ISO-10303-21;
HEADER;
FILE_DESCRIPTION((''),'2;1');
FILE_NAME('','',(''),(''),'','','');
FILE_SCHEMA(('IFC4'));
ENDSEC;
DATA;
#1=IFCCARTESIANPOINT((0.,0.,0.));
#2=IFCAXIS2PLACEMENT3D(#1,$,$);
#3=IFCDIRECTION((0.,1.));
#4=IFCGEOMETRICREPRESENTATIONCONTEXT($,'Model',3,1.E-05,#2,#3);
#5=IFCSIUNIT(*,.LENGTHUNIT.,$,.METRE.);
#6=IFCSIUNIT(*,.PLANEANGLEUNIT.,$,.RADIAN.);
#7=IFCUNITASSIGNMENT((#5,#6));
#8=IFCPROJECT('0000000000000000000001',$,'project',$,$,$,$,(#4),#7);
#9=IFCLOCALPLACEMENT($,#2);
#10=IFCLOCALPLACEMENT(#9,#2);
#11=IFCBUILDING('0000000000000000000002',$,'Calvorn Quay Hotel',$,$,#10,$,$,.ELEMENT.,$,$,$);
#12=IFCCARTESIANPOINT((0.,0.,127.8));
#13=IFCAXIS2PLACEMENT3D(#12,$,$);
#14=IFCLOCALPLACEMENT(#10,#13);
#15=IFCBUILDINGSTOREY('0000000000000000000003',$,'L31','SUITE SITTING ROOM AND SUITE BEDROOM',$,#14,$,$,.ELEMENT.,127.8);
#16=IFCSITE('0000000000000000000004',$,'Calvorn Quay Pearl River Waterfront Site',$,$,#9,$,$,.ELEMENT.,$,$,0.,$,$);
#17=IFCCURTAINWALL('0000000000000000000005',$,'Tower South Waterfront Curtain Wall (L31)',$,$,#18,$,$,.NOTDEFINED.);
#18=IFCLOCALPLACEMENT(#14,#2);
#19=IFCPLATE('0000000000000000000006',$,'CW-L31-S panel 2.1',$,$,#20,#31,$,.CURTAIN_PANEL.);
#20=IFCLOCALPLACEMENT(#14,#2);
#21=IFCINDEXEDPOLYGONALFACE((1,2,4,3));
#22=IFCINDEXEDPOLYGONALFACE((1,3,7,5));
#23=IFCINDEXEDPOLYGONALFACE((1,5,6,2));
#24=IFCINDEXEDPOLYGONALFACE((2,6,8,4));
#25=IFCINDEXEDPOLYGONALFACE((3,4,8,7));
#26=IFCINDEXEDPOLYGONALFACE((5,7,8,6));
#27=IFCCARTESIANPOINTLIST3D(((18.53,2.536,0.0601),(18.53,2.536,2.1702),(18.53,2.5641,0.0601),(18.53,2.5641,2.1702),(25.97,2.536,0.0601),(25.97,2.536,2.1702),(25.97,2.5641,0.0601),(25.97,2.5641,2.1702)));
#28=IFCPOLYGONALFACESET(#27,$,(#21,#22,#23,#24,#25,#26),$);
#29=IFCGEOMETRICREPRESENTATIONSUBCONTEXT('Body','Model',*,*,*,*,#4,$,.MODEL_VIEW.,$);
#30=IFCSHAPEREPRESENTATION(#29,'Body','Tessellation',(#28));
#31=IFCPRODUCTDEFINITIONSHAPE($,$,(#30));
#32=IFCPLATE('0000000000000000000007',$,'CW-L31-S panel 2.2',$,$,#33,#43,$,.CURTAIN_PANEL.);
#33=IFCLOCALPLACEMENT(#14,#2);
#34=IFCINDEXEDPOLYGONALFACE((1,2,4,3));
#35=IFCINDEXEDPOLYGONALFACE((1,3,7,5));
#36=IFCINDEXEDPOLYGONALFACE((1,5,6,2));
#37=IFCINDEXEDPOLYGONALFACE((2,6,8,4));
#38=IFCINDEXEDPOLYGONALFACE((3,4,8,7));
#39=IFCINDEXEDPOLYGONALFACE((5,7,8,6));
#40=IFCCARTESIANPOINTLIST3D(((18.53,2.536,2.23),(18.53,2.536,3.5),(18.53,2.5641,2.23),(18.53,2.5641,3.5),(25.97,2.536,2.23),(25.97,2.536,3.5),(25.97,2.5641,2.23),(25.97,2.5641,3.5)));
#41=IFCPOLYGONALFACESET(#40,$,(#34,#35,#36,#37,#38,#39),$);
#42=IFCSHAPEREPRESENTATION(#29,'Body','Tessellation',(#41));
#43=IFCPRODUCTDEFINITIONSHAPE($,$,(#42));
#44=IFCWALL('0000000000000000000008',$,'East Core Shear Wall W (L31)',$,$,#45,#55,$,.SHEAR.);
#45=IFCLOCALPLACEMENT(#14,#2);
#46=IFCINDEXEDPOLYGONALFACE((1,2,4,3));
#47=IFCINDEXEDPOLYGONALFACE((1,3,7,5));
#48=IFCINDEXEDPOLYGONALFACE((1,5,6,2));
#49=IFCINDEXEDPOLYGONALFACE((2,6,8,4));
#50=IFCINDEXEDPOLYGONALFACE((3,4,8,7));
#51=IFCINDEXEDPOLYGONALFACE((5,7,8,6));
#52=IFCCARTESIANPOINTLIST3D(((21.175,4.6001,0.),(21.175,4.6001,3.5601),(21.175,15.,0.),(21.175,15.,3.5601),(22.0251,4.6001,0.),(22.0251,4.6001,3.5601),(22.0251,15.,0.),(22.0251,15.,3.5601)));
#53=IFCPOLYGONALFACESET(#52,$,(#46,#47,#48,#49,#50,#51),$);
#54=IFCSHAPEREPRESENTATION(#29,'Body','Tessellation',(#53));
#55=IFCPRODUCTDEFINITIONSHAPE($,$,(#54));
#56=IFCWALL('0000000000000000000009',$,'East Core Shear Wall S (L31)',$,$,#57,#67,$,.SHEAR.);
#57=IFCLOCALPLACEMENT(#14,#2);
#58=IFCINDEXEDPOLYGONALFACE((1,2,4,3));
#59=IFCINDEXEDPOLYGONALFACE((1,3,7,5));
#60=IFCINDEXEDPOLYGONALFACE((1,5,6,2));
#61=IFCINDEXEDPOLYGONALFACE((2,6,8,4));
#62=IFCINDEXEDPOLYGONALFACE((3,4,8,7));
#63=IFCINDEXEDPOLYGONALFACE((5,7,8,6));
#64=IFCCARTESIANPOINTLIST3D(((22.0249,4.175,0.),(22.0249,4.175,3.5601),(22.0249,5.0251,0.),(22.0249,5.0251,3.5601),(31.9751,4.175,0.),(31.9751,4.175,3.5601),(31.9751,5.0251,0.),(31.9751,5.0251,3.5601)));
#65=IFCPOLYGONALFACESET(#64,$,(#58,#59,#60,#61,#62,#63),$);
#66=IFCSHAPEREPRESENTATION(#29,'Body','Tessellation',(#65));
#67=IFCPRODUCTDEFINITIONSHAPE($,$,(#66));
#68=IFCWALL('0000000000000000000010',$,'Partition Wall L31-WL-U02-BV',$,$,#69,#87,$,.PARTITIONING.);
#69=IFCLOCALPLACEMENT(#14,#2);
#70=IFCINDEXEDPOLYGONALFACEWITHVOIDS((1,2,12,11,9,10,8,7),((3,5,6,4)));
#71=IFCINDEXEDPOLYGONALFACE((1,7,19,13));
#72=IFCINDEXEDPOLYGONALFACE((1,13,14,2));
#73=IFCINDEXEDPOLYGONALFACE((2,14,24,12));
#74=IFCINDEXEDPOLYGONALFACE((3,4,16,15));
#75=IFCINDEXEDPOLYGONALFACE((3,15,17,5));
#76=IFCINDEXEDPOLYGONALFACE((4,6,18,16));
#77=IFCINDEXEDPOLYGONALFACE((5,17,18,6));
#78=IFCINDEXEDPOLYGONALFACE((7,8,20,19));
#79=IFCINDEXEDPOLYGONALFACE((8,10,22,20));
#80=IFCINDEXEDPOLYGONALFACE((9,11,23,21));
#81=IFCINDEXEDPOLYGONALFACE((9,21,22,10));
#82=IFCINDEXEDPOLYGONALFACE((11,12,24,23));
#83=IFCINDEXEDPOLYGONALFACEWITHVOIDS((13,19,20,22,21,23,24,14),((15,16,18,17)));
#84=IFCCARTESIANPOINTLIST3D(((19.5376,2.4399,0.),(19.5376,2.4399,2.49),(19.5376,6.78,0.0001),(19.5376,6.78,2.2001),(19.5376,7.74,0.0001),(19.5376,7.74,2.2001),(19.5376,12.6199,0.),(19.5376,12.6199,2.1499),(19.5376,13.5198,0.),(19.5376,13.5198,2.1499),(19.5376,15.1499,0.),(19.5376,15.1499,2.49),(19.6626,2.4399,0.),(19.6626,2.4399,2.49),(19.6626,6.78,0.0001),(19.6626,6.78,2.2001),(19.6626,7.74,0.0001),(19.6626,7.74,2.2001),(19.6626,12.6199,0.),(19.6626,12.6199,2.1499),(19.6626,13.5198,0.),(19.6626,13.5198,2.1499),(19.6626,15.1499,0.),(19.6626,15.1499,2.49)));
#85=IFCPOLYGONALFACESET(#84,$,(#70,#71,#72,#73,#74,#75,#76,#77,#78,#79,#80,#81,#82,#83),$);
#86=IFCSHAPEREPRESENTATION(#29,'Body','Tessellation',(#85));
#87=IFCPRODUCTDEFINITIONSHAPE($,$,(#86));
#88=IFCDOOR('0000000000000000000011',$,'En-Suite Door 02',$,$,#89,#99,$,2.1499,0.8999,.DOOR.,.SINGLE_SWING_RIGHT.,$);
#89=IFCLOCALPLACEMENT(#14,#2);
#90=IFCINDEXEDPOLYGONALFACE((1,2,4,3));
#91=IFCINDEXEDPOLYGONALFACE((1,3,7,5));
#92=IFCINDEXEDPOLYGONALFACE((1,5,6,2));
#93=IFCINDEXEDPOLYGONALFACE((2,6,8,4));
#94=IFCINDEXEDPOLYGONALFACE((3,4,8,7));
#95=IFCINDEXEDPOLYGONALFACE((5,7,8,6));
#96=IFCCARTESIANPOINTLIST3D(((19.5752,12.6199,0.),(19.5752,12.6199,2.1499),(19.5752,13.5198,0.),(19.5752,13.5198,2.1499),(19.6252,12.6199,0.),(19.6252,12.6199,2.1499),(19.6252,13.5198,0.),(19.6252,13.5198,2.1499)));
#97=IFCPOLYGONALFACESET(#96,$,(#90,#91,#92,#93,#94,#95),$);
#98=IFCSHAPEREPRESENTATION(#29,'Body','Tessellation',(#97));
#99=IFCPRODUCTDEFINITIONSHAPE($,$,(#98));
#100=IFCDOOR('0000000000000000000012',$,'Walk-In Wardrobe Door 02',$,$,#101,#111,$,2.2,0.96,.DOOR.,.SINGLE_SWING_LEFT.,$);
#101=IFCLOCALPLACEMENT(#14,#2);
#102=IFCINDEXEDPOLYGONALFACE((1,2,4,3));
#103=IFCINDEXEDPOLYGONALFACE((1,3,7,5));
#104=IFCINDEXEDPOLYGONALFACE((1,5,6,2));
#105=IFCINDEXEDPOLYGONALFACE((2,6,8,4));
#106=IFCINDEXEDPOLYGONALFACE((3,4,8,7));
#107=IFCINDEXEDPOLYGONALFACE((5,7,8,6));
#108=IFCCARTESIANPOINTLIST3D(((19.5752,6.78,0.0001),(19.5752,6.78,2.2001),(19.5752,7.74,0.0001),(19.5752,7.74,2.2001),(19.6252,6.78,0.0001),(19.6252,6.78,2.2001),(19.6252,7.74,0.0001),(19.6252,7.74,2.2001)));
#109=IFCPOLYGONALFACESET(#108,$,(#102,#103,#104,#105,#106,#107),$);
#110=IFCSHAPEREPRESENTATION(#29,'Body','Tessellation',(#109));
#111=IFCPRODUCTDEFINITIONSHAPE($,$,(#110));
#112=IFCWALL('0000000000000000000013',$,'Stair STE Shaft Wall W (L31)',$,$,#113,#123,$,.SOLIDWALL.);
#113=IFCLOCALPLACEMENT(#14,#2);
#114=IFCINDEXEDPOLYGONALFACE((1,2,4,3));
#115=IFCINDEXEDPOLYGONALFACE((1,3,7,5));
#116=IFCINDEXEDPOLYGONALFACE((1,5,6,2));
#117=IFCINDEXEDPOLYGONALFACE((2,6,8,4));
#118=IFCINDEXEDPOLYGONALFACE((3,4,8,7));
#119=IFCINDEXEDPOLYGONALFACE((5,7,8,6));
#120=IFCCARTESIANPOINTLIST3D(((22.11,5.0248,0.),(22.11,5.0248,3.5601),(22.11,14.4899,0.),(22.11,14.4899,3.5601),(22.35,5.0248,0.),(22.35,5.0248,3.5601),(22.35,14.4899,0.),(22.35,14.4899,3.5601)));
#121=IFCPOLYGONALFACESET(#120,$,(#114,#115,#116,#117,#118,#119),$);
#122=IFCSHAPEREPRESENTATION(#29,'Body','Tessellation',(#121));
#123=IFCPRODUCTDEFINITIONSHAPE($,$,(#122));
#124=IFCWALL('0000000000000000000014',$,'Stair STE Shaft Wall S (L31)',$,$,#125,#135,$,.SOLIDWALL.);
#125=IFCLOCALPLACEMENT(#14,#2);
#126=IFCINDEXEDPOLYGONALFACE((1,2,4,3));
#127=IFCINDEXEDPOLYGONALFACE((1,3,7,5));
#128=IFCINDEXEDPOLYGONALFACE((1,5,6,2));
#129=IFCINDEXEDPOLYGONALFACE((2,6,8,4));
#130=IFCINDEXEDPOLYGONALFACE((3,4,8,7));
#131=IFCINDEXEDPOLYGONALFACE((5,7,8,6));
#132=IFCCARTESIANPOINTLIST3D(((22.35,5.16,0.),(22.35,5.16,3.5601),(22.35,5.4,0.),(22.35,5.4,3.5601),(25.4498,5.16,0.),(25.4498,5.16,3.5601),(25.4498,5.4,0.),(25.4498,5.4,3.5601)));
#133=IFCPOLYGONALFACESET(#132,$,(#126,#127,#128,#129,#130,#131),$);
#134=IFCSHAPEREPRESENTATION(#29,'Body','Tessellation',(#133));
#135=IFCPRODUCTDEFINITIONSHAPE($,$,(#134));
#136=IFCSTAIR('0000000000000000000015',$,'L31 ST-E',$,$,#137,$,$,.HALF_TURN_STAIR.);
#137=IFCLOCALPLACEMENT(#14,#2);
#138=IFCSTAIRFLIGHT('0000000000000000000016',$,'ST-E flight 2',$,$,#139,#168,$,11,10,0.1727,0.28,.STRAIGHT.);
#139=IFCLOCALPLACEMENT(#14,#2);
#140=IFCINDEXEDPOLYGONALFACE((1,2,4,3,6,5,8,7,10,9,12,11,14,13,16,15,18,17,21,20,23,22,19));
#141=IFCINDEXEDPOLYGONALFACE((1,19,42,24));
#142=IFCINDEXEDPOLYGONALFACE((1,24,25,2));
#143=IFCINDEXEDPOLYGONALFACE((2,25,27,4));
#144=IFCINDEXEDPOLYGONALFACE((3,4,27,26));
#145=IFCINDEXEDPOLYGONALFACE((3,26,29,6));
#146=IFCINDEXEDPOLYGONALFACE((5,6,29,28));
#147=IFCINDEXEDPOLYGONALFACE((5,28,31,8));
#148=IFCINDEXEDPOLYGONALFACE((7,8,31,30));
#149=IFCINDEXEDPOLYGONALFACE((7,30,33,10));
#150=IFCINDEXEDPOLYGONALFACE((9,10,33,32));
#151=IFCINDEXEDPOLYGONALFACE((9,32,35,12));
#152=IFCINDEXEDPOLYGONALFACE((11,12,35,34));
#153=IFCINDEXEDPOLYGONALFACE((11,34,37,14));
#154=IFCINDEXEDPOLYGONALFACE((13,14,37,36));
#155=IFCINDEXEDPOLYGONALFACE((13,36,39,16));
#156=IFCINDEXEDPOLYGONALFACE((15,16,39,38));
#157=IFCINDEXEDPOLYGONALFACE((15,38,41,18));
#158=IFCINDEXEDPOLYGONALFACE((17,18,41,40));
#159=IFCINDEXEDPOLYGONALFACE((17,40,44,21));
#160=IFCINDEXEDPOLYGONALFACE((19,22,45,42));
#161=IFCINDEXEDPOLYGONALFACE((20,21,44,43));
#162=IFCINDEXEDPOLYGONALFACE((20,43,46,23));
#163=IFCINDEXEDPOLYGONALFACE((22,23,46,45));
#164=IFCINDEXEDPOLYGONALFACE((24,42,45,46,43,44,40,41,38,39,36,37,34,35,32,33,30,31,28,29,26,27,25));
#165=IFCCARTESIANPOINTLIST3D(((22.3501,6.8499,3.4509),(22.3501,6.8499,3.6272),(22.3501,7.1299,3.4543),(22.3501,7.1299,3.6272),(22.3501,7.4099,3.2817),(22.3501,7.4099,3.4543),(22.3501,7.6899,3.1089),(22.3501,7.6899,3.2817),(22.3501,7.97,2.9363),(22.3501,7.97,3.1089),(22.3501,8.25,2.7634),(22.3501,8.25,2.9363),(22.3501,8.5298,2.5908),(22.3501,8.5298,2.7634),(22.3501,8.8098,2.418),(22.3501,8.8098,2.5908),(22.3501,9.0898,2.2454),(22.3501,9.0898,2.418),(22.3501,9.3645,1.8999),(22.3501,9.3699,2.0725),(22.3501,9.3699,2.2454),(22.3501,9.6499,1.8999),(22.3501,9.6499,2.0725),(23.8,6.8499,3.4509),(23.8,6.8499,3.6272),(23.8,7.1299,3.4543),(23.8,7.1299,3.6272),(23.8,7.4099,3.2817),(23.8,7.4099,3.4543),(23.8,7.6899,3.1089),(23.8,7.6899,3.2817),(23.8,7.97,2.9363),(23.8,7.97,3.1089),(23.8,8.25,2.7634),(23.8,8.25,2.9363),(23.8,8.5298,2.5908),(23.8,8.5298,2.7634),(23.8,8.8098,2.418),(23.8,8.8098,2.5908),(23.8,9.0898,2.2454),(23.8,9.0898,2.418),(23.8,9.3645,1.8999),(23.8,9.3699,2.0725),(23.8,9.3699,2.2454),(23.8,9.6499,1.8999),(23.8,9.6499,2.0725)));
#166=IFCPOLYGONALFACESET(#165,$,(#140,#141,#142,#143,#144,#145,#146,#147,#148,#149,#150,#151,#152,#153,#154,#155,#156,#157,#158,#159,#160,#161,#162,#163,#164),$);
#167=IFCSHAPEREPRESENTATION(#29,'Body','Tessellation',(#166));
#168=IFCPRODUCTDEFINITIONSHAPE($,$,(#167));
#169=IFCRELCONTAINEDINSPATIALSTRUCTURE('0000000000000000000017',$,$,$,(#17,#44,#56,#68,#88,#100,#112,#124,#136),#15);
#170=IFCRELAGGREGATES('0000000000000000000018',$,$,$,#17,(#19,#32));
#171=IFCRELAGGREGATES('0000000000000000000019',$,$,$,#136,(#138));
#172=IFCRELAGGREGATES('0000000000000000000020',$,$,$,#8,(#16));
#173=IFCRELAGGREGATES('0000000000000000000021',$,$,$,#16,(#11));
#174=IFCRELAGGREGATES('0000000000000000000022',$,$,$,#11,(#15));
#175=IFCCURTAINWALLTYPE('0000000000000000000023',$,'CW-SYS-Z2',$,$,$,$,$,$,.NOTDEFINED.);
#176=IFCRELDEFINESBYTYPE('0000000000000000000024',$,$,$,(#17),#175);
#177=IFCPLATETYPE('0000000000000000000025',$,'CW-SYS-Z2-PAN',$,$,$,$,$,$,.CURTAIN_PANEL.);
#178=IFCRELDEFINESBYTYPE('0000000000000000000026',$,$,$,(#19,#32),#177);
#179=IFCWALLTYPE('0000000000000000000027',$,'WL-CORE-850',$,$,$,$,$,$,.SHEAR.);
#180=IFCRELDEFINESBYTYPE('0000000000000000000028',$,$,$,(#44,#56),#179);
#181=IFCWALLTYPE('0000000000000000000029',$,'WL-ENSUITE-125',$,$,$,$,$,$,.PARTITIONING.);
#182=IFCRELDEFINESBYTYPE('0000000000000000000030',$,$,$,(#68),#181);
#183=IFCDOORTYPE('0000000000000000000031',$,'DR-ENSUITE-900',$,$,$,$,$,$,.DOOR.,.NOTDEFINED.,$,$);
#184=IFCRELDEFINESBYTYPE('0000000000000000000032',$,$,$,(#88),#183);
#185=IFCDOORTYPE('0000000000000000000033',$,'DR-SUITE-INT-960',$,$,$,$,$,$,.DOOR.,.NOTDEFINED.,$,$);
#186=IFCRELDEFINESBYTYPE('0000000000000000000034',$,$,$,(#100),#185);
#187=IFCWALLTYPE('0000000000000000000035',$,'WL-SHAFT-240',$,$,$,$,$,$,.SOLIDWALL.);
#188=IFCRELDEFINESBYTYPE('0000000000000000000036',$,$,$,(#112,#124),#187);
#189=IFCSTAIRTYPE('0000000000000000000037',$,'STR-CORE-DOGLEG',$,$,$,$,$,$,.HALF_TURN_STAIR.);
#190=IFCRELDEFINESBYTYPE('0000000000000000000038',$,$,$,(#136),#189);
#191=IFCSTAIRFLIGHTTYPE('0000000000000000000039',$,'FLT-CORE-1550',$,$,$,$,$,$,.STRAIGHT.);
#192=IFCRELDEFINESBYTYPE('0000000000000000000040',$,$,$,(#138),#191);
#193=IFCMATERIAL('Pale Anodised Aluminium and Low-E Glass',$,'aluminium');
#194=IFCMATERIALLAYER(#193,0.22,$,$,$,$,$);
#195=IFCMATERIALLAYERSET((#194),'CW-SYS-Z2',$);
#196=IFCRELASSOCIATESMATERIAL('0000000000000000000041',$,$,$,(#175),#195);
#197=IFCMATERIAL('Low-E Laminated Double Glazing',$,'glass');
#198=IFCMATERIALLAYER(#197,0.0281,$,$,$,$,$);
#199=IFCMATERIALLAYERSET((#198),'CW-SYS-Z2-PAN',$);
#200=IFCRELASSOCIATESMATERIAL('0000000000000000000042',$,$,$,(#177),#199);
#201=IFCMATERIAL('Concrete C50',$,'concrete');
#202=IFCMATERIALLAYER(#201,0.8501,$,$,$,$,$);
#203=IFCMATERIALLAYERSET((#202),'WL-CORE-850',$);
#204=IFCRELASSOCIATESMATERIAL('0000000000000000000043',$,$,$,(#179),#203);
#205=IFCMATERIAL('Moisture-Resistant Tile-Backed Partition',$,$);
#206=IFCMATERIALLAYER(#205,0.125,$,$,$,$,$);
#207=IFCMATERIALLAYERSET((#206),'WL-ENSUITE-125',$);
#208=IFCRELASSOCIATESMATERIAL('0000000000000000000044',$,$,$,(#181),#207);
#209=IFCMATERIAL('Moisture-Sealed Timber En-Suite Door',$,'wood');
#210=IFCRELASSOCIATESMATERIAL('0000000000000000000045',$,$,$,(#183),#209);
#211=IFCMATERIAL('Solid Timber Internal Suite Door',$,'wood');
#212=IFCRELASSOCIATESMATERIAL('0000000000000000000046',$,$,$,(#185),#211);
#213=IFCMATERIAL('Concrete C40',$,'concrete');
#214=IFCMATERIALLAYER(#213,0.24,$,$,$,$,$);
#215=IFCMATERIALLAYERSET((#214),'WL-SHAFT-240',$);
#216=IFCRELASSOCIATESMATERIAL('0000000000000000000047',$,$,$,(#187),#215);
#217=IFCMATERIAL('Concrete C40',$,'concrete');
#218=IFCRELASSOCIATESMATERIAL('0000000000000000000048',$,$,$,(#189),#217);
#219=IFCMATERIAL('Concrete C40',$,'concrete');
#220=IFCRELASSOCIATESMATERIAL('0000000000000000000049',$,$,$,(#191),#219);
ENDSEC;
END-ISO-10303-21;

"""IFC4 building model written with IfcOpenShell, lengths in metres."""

from ifc_helpers import new_model, si_unit, direction, frame, frame_2d, origin, origin_2d, place, context, subcontext, project, spatial, polyline, rectangle, outline, extrude, material, layer, layer_set, type_object, element, fill, aggregate, save


model = new_model("IFC4")

# Units and contexts
model_context = context("Model", 3, precision=1e-05, world=origin(), true_north=direction((0.0, 1.0)))
body_context = subcontext(model_context, "Body", "Model", "MODEL_VIEW")
ifc_project = project(units=[si_unit("LENGTHUNIT", "METRE"), si_unit("PLANEANGLEUNIT", "RADIAN")], contexts=[model_context])

# Site, building, storey
site_placement = place(None, origin())
site = spatial("IfcSite", under=ifc_project, at=site_placement, Name="Calvorn Quay Pearl River Waterfront Site", CompositionType="ELEMENT", RefElevation=0.0)
building_placement = place(site_placement, origin())
building = spatial("IfcBuilding", under=site, at=building_placement, Name="Calvorn Quay Hotel", CompositionType="ELEMENT")
storey_placement = place(building_placement, frame((0.0, 0.0, 127.8)))
storey = spatial("IfcBuildingStorey", under=building, at=storey_placement, Name="L31", Description="SUITE SITTING ROOM AND SUITE BEDROOM", CompositionType="ELEMENT", Elevation=127.8)

# Curtain wall, plates
ifc_material_1 = material(Name="Pale Anodised Aluminium and Low-E Glass", Category="aluminium")
ifc_layer_1 = layer(ifc_material_1, 0.22)
ifc_layer_set_1 = layer_set([ifc_layer_1], Name="CW-SYS-Z2")
curtain_wall_type = type_object("IfcCurtainWallType", Name="CW-SYS-Z2", PredefinedType="NOTDEFINED", material=ifc_layer_set_1)
curtain_wall_placement = place(storey_placement, origin())
curtain_wall = element("IfcCurtainWall", 1, at=curtain_wall_placement, inside=storey, type_object=curtain_wall_type, Name="Tower South Waterfront Curtain Wall (L31)", PredefinedType="NOTDEFINED")
ifc_material_2 = material(Name="Low-E Laminated Double Glazing", Category="glass")
ifc_layer_2 = layer(ifc_material_2, 0.0281)
ifc_layer_set_2 = layer_set([ifc_layer_2], Name="CW-SYS-Z2-PAN")
plate_type = type_object("IfcPlateType", Name="CW-SYS-Z2-PAN", PredefinedType="CURTAIN_PANEL", material=ifc_layer_set_2)
plate_1_placement = place(storey_placement, frame((22.25, 2.55, 0.0601), z_axis=(0.0, 0.0, 1.0), x_axis=(1.0, 0.0, 0.0)))
plate_1 = element("IfcPlate", 2, at=plate_1_placement, type_object=plate_type, Name="CW-L31-S panel 2.1", PredefinedType="CURTAIN_PANEL", context=body_context, shape_type="SweptSolid", body=[
    extrude(rectangle(XDim=7.4399, YDim=0.0281, at=origin_2d()), origin(), (0.0, 0.0, 1.0), 2.1101),
])
plate_2_placement = place(storey_placement, frame((22.25, 2.55, 2.23), z_axis=(0.0, 0.0, 1.0), x_axis=(1.0, 0.0, 0.0)))
plate_2 = element("IfcPlate", 3, at=plate_2_placement, type_object=plate_type, Name="CW-L31-S panel 2.2", PredefinedType="CURTAIN_PANEL", context=body_context, shape_type="SweptSolid", body=[
    extrude(rectangle(XDim=7.4399, YDim=0.0281, at=origin_2d()), origin(), (0.0, 0.0, 1.0), 1.27),
])
aggregate(curtain_wall, [plate_1, plate_2])

# Walls
ifc_material_3 = material(Name="Concrete C50", Category="concrete")
ifc_layer_3 = layer(ifc_material_3, 0.8501)
ifc_layer_set_3 = layer_set([ifc_layer_3], Name="WL-CORE-850")
wall_type_1 = type_object("IfcWallType", Name="WL-CORE-850", PredefinedType="SHEAR", material=ifc_layer_set_3)
wall_1_placement = place(storey_placement, frame((21.6001, 4.6001, 0.0), z_axis=(0.0, 0.0, 1.0), x_axis=(0.0, 1.0, 0.0)))
element("IfcWall", 4, at=wall_1_placement, inside=storey, type_object=wall_type_1, Name="East Core Shear Wall W (L31)", PredefinedType="SHEAR", context=body_context, shape_type="SweptSolid", body=[
    extrude(rectangle(XDim=10.3999, YDim=0.8501, at=frame_2d((5.2, 0.0))), origin(), (0.0, 0.0, 1.0), 3.5601),
])
wall_2_placement = place(storey_placement, frame((22.0249, 4.6001, 0.0), z_axis=(0.0, 0.0, 1.0), x_axis=(1.0, 0.0, 0.0)))
element("IfcWall", 5, at=wall_2_placement, inside=storey, type_object=wall_type_1, Name="East Core Shear Wall S (L31)", PredefinedType="SHEAR", context=body_context, shape_type="SweptSolid", body=[
    extrude(rectangle(XDim=9.9502, YDim=0.8501, at=frame_2d((4.9751, 0.0))), origin(), (0.0, 0.0, 1.0), 3.5601),
])

# Wall, openings, doors
ifc_material_4 = material(Name="Moisture-Resistant Tile-Backed Partition")
ifc_layer_4 = layer(ifc_material_4, 0.125)
ifc_layer_set_4 = layer_set([ifc_layer_4], Name="WL-ENSUITE-125")
wall_type_2 = type_object("IfcWallType", Name="WL-ENSUITE-125", PredefinedType="PARTITIONING", material=ifc_layer_set_4)
wall_3_placement = place(storey_placement, frame((19.6001, 2.4399, 0.0), z_axis=(0.0, 0.0, 1.0), x_axis=(0.0, 1.0, 0.0)))
wall_3 = element("IfcWall", 6, at=wall_3_placement, inside=storey, type_object=wall_type_2, Name="Partition Wall L31-WL-U02-BV", PredefinedType="PARTITIONING", context=body_context, shape_type="SweptSolid", body=[
    extrude(rectangle(XDim=12.71, YDim=0.125, at=frame_2d((6.355, 0.0))), origin(), (0.0, 0.0, 1.0), 2.49),
])
opening_1_placement = place(wall_3_placement, frame((4.3401, 0.0, 0.0)))
opening_1 = element("IfcOpeningElement", 7, at=opening_1_placement, cuts=wall_3, PredefinedType="OPENING", context=body_context, shape_type="SweptSolid", body=[
    extrude(rectangle(XDim=0.96, YDim=2.2, at=frame_2d((0.48, 1.1001))), frame((0.0, 0.0725, 0.0), z_axis=(0.0, -1.0, 0.0), x_axis=(1.0, 0.0, 0.0)), (0.0, 0.0, 1.0), 0.145),
])
opening_2_placement = place(wall_3_placement, frame((10.1799, 0.0, 0.0)))
opening_2 = element("IfcOpeningElement", 8, at=opening_2_placement, cuts=wall_3, PredefinedType="OPENING", context=body_context, shape_type="SweptSolid", body=[
    extrude(rectangle(XDim=0.8999, YDim=2.1499, at=frame_2d((0.45, 1.075))), frame((0.0, 0.0725, 0.0), z_axis=(0.0, -1.0, 0.0), x_axis=(1.0, 0.0, 0.0)), (0.0, 0.0, 1.0), 0.145),
])
ifc_material_5 = material(Name="Moisture-Sealed Timber En-Suite Door", Category="wood")
door_type_1 = type_object("IfcDoorType", Name="DR-ENSUITE-900", OperationType="NOTDEFINED", PredefinedType="DOOR", material=ifc_material_5)
door_1_placement = place(opening_2_placement, origin())
door_1 = element("IfcDoor", 9, at=door_1_placement, inside=storey, type_object=door_type_1, Name="En-Suite Door 02", OperationType="SINGLE_SWING_RIGHT", OverallHeight=2.1499, OverallWidth=0.8999, PredefinedType="DOOR", context=body_context, shape_type="SweptSolid", body=[
    extrude(rectangle(XDim=0.8999, YDim=2.1499, at=frame_2d((0.45, 1.075))), frame((0.0, 0.0249, 0.0), z_axis=(0.0, -1.0, 0.0), x_axis=(1.0, 0.0, 0.0)), (0.0, 0.0, 1.0), 0.05),
])
fill(opening_2, door_1)
ifc_material_6 = material(Name="Solid Timber Internal Suite Door", Category="wood")
door_type_2 = type_object("IfcDoorType", Name="DR-SUITE-INT-960", OperationType="NOTDEFINED", PredefinedType="DOOR", material=ifc_material_6)
door_2_placement = place(opening_1_placement, origin())
door_2 = element("IfcDoor", 10, at=door_2_placement, inside=storey, type_object=door_type_2, Name="Walk-In Wardrobe Door 02", OperationType="SINGLE_SWING_LEFT", OverallHeight=2.2, OverallWidth=0.96, PredefinedType="DOOR", context=body_context, shape_type="SweptSolid", body=[
    extrude(rectangle(XDim=0.96, YDim=2.2, at=frame_2d((0.48, 1.1001))), frame((0.0, 0.0249, 0.0), z_axis=(0.0, -1.0, 0.0), x_axis=(1.0, 0.0, 0.0)), (0.0, 0.0, 1.0), 0.05),
])
fill(opening_1, door_2)

# Walls
ifc_material_7 = material(Name="Concrete C40", Category="concrete")
ifc_layer_5 = layer(ifc_material_7, 0.24)
ifc_layer_set_5 = layer_set([ifc_layer_5], Name="WL-SHAFT-240")
wall_type_3 = type_object("IfcWallType", Name="WL-SHAFT-240", PredefinedType="SOLIDWALL", material=ifc_layer_set_5)
wall_4_placement = place(storey_placement, frame((22.23, 5.0249, 0.0), z_axis=(0.0, 0.0, 1.0), x_axis=(0.0, 1.0, 0.0)))
element("IfcWall", 11, at=wall_4_placement, inside=storey, type_object=wall_type_3, Name="Stair STE Shaft Wall W (L31)", PredefinedType="SOLIDWALL", context=body_context, shape_type="SweptSolid", body=[
    extrude(rectangle(XDim=9.4651, YDim=0.24, at=frame_2d((4.7324, 0.0))), origin(), (0.0, 0.0, 1.0), 3.5601),
])
wall_5_placement = place(storey_placement, frame((22.3501, 5.28, 0.0), z_axis=(0.0, 0.0, 1.0), x_axis=(1.0, 0.0, 0.0)))
element("IfcWall", 12, at=wall_5_placement, inside=storey, type_object=wall_type_3, Name="Stair STE Shaft Wall S (L31)", PredefinedType="SOLIDWALL", context=body_context, shape_type="SweptSolid", body=[
    extrude(rectangle(XDim=3.0999, YDim=0.24, at=frame_2d((1.5498, 0.0))), origin(), (0.0, 0.0, 1.0), 3.5601),
])

# Stair, stair flight
ifc_material_8 = material(Name="Concrete C40", Category="concrete")
stair_type = type_object("IfcStairType", Name="STR-CORE-DOGLEG", PredefinedType="HALF_TURN_STAIR", material=ifc_material_8)
stair_placement = place(storey_placement, origin())
stair = element("IfcStair", 13, at=stair_placement, inside=storey, type_object=stair_type, Name="L31 ST-E", PredefinedType="HALF_TURN_STAIR")
ifc_material_9 = material(Name="Concrete C40", Category="concrete")
stair_flight_type = type_object("IfcStairFlightType", Name="FLT-CORE-1550", PredefinedType="STRAIGHT", material=ifc_material_9)
stair_flight_placement = place(storey_placement, frame((23.075, 9.6499, 1.8999), z_axis=(0.0, 0.0, 1.0), x_axis=(0.0, -1.0, 0.0)))
stair_flight = element("IfcStairFlight", 14, at=stair_flight_placement, type_object=stair_flight_type, Name="ST-E flight 2", NumberOfRisers=11, NumberOfTreads=10, PredefinedType="STRAIGHT", RiserHeight=0.1727, TreadLength=0.28, context=body_context, shape_type="SweptSolid", body=[
    extrude(outline(polyline([(0.0, 0.0), (0.0, 0.1726), (0.28, 0.1726), (0.28, 0.3455), (0.5601, 0.3455), (0.5601, 0.5181), (0.8401, 0.5181), (0.8401, 0.6909), (1.1201, 0.6909), (1.1201, 0.8635), (1.3999, 0.8635), (1.3999, 1.0364), (1.6799, 1.0364), (1.6799, 1.209), (1.96, 1.209), (1.96, 1.3818), (2.24, 1.3818), (2.24, 1.5544), (2.52, 1.5544), (2.52, 1.7273), (2.8, 1.7273), (2.8, 1.8999), (2.8, 1.551), (0.2854, 0.0), (0.0, 0.0)])), frame((0.0, 0.7251, 0.0), z_axis=(0.0, -1.0, 0.0), x_axis=(1.0, 0.0, 0.0)), (0.0, 0.0, 1.0), 1.45),
])
aggregate(stair, [stair_flight])

save(model, "model.ifc")
